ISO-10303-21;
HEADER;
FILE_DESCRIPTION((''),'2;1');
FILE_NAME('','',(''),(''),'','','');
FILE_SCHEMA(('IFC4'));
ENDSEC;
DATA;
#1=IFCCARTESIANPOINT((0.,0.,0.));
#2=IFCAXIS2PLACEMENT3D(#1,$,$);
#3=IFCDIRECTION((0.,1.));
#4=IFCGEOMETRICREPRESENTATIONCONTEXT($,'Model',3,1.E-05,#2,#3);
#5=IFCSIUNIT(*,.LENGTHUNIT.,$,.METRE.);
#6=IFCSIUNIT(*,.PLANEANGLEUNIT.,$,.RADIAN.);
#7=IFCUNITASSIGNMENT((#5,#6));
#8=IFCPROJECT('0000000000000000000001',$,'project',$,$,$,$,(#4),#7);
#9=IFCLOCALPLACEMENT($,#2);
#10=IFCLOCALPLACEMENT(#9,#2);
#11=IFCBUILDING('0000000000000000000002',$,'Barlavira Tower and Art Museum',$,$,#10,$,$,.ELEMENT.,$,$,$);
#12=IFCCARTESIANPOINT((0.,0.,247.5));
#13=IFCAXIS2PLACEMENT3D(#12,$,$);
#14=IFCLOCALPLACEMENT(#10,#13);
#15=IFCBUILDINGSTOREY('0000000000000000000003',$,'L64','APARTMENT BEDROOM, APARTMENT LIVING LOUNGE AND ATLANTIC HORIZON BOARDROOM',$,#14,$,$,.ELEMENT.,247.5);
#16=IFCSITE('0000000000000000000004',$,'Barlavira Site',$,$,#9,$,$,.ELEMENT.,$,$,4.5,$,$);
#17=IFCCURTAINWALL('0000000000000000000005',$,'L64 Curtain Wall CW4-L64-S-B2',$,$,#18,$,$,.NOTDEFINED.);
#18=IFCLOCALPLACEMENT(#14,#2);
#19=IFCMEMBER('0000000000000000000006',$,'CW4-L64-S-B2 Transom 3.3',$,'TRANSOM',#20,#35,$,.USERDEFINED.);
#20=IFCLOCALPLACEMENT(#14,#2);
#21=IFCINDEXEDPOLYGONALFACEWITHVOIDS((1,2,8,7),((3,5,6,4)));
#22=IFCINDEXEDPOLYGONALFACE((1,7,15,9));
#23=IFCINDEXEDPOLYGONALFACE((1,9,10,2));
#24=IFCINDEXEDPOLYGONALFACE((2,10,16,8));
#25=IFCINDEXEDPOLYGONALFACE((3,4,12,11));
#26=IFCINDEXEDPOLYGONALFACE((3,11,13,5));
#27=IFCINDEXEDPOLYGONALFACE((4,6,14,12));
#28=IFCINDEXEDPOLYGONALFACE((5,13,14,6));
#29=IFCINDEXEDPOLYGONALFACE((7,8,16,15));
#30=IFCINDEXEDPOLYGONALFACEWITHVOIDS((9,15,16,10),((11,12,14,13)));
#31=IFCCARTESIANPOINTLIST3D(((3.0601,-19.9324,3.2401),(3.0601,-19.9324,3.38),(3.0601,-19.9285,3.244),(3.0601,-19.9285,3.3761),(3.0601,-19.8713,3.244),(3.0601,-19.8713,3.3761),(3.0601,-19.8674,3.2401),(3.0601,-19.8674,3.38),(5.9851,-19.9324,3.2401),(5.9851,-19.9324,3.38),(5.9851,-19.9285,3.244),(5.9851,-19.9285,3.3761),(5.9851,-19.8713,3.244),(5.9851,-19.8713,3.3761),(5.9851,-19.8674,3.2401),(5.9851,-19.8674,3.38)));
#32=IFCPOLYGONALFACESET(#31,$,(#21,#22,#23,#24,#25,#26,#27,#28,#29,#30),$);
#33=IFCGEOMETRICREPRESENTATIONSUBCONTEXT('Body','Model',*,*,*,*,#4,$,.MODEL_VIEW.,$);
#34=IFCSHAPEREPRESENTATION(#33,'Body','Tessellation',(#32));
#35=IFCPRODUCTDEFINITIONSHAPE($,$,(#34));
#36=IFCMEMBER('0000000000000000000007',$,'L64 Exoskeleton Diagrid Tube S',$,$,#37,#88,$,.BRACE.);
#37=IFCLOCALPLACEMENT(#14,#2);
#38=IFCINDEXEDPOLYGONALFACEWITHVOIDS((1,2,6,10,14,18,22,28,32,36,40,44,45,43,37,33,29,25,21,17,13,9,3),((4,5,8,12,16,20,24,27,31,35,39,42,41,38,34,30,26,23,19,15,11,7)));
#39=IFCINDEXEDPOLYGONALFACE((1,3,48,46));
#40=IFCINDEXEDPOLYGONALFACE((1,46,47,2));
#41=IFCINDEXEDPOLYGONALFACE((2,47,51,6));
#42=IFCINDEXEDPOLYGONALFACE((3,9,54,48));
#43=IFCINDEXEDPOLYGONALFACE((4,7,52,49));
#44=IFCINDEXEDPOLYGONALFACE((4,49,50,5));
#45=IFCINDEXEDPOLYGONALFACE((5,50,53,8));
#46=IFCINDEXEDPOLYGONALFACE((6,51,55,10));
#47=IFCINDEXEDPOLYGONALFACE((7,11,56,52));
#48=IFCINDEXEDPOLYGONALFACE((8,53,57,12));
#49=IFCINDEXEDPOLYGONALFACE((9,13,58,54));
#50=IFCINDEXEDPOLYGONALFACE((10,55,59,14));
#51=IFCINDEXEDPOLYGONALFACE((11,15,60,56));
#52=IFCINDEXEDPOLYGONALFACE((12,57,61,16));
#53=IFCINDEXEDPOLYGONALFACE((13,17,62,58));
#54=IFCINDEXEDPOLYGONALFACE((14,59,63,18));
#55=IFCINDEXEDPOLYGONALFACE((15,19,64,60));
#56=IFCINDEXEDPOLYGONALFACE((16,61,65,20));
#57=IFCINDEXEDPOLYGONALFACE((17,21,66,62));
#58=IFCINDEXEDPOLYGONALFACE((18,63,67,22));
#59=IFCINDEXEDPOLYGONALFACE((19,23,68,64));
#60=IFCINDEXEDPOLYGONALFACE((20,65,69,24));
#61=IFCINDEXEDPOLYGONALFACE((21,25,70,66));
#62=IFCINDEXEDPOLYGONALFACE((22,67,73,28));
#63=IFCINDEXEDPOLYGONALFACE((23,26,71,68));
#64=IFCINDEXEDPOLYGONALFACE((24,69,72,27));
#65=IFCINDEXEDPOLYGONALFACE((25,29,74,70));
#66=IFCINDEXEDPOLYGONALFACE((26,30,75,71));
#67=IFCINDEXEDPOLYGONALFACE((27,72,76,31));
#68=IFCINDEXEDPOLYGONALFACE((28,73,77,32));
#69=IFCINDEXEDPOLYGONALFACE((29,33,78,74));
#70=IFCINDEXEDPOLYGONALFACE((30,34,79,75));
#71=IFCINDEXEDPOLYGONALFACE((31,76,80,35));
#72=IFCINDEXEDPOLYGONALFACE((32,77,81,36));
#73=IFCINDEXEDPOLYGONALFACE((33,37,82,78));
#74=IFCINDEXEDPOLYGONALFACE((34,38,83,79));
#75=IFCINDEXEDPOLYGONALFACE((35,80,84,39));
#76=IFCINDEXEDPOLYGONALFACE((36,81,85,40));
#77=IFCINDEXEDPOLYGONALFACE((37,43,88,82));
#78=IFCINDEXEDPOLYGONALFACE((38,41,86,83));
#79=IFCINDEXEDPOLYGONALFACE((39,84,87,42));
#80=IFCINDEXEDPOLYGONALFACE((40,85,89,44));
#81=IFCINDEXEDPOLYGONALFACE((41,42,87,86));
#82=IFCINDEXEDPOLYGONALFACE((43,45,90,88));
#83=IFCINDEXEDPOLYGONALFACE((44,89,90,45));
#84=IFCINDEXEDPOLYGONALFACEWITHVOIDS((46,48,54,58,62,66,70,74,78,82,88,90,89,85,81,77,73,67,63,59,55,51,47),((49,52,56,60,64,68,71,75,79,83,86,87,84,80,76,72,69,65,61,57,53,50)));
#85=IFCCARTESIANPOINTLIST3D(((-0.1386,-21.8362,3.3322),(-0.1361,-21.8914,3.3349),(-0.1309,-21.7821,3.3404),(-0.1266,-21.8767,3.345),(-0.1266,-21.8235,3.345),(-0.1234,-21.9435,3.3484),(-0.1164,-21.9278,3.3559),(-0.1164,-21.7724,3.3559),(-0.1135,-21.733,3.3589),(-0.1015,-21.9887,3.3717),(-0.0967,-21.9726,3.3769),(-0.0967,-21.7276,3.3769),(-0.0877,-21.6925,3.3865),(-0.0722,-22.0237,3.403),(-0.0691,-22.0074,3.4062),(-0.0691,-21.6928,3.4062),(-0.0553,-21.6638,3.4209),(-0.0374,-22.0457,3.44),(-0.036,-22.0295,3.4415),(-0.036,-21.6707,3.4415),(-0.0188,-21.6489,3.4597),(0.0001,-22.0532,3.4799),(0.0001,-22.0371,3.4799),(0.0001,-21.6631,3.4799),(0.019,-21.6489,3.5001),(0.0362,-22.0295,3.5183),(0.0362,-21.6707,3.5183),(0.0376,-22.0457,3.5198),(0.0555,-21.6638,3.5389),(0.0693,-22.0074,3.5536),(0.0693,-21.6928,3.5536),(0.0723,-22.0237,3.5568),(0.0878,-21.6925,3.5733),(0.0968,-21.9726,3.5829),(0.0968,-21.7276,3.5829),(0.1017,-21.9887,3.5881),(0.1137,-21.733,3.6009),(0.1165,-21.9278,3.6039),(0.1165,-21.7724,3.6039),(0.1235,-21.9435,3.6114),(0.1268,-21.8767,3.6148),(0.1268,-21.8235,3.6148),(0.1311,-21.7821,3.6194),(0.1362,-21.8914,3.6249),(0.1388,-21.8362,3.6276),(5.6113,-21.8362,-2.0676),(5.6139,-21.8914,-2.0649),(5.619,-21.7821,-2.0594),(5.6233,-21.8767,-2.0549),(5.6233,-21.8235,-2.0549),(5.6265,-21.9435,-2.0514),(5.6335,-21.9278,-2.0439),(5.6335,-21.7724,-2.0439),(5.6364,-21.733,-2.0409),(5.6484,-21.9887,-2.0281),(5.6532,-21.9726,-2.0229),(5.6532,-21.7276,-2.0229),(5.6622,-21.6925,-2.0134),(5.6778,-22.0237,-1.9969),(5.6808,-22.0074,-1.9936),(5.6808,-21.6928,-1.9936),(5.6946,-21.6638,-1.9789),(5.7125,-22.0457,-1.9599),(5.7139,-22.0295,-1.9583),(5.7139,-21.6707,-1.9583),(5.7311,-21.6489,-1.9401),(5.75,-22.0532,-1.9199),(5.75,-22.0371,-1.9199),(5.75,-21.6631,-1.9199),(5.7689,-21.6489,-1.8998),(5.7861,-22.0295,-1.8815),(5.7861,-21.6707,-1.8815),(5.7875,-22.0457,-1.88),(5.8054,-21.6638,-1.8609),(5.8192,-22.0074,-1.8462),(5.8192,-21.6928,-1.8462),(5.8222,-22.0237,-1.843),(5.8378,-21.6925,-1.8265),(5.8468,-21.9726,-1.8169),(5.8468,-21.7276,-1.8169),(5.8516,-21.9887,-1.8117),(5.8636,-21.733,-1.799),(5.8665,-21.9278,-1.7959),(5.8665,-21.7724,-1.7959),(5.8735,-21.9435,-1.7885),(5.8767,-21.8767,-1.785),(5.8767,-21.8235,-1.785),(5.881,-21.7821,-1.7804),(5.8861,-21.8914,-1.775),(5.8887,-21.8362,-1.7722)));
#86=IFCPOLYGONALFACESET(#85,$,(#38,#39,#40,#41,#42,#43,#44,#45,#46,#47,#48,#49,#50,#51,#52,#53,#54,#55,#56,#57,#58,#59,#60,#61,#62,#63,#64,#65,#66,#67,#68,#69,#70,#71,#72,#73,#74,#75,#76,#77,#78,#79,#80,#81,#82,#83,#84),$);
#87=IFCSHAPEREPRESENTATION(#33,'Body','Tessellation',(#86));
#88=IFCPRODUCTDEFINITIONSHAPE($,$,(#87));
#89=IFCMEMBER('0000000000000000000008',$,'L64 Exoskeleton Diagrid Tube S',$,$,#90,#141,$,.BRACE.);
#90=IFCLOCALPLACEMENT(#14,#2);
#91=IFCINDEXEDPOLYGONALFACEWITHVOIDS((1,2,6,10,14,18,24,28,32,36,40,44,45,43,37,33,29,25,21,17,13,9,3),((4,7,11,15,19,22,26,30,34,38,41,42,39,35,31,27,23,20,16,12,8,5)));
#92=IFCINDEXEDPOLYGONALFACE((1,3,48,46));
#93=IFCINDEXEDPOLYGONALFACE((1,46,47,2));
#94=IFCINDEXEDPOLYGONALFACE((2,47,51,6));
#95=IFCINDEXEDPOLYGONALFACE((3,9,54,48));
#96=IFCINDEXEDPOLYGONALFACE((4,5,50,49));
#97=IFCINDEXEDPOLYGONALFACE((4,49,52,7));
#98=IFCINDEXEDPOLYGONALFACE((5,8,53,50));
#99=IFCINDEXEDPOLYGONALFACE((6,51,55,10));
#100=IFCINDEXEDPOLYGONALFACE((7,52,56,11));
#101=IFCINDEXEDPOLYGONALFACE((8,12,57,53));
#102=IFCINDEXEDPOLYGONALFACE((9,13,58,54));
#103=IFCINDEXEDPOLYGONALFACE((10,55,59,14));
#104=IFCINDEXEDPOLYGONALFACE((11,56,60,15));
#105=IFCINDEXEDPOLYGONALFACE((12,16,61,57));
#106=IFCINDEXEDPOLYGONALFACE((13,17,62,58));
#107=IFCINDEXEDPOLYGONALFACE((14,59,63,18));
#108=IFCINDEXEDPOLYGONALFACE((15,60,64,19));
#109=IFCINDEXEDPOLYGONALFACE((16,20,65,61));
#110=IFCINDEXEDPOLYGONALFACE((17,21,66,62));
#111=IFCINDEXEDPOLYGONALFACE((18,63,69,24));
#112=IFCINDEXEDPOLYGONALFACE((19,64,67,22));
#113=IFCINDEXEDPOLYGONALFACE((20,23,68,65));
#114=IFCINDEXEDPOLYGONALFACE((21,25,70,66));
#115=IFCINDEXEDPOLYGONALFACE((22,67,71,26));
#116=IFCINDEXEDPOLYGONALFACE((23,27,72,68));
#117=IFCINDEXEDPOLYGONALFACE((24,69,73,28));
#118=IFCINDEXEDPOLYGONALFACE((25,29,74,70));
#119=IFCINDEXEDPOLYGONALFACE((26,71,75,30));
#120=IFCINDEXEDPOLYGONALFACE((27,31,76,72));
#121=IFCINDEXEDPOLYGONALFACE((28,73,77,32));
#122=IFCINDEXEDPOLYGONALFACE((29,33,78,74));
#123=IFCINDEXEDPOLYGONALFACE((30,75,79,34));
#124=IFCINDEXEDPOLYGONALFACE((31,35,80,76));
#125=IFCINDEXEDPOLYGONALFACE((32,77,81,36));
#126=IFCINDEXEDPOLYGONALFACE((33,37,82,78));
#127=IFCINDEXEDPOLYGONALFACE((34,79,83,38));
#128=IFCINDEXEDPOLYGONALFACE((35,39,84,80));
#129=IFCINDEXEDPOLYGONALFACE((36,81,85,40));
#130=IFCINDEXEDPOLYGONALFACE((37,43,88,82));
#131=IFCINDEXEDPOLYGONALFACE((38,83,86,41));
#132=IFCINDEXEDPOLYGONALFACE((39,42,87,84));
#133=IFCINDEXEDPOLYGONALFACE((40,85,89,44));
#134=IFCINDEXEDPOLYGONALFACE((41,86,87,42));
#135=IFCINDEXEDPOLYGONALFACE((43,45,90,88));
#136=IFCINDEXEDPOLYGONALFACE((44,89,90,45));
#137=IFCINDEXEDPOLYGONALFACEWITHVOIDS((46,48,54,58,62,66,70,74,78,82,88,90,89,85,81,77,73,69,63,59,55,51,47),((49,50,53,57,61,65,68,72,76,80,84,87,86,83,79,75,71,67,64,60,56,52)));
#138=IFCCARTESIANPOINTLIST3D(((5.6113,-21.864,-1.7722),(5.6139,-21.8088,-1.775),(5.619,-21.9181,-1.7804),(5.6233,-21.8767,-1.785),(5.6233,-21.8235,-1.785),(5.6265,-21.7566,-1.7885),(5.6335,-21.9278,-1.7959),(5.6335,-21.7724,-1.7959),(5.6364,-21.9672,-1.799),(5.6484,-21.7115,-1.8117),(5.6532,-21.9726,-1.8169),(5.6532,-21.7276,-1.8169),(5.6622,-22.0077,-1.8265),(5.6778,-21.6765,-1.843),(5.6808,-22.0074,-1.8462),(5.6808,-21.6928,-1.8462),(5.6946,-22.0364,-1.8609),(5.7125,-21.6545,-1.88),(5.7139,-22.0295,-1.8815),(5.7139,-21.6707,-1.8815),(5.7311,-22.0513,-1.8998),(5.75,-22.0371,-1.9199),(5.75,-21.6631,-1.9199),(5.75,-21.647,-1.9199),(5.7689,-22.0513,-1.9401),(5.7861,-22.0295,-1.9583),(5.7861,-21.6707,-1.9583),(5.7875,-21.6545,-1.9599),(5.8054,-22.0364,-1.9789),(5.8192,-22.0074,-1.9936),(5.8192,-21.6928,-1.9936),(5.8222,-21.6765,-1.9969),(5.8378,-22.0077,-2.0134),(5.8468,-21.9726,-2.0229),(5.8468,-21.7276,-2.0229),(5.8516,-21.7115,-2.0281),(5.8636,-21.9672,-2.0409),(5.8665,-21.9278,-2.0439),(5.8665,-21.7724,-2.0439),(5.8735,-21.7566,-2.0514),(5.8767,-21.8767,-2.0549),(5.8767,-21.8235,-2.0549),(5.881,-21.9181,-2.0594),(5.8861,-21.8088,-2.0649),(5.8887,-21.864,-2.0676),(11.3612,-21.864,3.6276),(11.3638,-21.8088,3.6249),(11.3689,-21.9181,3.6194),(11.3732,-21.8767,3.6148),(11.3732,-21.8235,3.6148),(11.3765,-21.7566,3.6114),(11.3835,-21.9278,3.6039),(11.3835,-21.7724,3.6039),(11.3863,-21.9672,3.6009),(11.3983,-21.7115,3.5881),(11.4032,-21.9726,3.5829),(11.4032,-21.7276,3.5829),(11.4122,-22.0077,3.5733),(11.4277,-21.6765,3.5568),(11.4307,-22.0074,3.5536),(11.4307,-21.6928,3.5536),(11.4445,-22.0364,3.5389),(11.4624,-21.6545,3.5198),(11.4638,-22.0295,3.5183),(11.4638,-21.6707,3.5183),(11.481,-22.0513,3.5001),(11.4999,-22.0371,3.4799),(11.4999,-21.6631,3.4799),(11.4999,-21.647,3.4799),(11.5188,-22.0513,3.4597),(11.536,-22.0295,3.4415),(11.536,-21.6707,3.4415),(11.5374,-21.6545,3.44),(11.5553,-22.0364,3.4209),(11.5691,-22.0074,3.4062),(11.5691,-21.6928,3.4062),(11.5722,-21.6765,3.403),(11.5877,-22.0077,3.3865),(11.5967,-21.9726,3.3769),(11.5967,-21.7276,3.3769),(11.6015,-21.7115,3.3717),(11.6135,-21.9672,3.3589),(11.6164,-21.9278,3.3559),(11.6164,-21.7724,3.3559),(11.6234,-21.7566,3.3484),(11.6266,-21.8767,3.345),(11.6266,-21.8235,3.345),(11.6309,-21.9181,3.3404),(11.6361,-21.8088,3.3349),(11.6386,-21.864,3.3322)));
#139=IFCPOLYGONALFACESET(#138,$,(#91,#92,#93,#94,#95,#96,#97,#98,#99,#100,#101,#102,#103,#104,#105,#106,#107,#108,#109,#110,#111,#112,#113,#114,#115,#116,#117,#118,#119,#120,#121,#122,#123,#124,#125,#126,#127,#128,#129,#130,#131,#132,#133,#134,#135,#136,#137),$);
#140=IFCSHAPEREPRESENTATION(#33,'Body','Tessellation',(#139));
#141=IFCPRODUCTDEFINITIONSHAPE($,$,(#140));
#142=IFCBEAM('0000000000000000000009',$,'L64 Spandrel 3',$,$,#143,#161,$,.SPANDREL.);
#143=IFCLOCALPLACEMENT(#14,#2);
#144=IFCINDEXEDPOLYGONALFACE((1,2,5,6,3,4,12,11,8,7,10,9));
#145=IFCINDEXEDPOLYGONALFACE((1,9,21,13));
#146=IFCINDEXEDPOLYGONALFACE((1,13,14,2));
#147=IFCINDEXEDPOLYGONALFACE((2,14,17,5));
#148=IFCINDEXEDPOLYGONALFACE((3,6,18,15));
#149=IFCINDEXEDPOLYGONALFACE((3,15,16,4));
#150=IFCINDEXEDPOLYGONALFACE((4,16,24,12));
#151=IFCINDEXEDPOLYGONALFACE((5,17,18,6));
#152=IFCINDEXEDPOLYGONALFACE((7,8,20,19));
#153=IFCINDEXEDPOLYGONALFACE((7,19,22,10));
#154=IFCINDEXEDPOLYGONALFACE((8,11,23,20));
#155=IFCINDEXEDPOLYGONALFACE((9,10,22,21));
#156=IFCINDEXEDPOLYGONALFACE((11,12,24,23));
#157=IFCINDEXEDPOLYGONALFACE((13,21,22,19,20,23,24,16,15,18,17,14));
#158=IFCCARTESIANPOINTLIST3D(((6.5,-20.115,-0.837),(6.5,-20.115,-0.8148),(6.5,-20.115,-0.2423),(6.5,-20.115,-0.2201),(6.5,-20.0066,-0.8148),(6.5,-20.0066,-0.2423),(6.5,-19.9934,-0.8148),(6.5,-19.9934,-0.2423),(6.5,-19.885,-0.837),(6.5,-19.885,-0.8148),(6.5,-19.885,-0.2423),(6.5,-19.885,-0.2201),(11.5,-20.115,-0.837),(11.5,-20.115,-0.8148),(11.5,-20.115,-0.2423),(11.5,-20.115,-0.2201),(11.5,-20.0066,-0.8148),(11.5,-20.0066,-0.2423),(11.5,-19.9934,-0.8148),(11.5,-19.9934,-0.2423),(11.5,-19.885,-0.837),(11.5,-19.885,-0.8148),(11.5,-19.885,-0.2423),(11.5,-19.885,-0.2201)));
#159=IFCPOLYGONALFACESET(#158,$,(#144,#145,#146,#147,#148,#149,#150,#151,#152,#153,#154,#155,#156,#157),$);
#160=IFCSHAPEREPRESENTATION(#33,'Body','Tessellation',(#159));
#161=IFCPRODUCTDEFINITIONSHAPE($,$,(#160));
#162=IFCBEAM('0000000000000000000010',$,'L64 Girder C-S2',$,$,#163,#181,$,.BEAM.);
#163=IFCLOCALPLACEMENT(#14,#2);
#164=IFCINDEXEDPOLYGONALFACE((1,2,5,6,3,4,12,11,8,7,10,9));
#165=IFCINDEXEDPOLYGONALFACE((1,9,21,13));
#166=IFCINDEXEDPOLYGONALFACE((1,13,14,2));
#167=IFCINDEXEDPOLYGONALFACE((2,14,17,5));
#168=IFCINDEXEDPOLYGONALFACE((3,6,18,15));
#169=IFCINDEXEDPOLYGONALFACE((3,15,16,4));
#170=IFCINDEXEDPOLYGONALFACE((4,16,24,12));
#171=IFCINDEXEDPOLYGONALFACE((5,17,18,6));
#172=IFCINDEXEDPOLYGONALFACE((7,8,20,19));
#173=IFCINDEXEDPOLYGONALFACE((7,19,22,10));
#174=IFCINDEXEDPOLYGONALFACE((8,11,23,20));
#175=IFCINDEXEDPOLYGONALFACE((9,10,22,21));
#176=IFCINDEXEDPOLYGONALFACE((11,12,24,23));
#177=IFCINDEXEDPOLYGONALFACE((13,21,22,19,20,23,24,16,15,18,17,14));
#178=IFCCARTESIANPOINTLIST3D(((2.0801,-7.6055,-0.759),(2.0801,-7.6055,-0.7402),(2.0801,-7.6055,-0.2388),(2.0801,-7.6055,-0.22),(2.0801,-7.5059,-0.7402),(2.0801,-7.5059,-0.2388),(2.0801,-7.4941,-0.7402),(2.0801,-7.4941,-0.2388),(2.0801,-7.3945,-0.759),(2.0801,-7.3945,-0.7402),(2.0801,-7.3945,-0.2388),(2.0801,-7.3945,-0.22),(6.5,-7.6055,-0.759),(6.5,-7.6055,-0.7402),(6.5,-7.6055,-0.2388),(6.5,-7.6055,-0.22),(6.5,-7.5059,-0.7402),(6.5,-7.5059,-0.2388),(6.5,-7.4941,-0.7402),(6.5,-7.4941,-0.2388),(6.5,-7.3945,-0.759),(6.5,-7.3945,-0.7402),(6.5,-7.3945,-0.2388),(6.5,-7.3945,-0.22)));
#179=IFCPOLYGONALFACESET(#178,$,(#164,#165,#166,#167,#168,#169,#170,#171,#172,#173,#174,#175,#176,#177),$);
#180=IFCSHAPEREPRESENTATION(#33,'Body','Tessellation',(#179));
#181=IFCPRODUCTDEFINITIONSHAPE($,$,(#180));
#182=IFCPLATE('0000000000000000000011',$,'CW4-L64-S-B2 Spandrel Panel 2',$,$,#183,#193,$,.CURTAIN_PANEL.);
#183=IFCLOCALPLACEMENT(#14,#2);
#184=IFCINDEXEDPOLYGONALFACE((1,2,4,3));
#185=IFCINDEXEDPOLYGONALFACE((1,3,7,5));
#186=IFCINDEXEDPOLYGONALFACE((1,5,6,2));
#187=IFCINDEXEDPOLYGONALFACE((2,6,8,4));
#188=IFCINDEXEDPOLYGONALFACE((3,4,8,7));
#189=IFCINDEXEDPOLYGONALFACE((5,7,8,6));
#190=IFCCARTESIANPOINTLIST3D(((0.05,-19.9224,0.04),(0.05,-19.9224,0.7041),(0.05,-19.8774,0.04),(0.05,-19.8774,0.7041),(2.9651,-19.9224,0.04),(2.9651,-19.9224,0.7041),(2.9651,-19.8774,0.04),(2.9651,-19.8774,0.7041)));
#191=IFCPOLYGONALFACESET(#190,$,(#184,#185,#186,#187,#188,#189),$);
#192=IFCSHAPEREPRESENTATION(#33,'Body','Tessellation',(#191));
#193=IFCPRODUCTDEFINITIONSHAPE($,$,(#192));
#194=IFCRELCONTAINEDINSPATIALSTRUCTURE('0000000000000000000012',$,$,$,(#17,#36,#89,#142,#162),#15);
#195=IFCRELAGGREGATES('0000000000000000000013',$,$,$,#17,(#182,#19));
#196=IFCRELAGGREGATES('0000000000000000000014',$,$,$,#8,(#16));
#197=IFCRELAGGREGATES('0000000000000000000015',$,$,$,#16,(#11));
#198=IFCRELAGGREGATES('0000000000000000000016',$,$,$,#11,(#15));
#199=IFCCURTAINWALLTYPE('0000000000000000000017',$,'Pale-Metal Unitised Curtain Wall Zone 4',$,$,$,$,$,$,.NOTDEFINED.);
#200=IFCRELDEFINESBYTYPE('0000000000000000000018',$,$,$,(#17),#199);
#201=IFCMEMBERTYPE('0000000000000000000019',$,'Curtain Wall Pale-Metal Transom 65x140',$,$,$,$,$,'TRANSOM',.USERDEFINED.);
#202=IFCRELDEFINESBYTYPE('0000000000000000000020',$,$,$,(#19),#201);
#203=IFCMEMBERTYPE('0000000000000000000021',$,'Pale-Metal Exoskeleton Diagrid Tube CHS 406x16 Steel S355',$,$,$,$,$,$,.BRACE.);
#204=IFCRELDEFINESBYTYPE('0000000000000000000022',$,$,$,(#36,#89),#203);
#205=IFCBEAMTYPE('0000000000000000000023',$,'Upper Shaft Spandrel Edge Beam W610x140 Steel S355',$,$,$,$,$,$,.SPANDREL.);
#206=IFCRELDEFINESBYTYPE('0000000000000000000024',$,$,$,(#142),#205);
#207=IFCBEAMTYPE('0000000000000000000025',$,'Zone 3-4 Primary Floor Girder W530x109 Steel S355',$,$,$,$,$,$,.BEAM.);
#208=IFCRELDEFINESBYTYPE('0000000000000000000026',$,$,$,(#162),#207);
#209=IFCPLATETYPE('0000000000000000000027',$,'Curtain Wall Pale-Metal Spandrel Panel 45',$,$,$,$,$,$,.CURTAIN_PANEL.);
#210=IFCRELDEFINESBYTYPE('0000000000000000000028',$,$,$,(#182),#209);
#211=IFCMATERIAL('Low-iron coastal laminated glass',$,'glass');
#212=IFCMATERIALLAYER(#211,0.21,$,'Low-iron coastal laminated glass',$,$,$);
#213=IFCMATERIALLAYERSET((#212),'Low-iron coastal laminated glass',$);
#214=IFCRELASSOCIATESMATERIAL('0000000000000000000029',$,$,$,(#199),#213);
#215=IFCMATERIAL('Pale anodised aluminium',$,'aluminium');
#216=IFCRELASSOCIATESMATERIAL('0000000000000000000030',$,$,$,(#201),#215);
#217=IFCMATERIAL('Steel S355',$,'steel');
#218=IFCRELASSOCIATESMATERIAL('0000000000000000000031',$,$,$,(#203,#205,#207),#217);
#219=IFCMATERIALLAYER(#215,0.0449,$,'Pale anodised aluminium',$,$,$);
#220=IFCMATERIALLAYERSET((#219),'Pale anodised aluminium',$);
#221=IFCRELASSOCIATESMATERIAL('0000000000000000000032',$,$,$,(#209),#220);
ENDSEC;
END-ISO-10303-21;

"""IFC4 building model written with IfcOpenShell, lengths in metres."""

from ifc_helpers import new_model, si_unit, direction, frame, origin, origin_2d, place, context, subcontext, project, spatial, rectangle, hollow_rectangle, hollow_circle, i_section, extrude, material, layer, layer_set, material_profile, profile_set, type_object, element, aggregate, save


model = new_model("IFC4")

# Units and contexts
model_context = context("Model", 3, precision=1e-05, world=origin(), true_north=direction((0.0, 1.0)))
body_context = subcontext(model_context, "Body", "Model", "MODEL_VIEW")
ifc_project = project(units=[si_unit("LENGTHUNIT", "METRE"), si_unit("PLANEANGLEUNIT", "RADIAN")], contexts=[model_context])

# Site, building, storey
site_placement = place(None, origin())
site = spatial("IfcSite", under=ifc_project, at=site_placement, Name="Barlavira Site", CompositionType="ELEMENT", RefElevation=4.5)
building_placement = place(site_placement, origin())
building = spatial("IfcBuilding", under=site, at=building_placement, Name="Barlavira Tower and Art Museum", CompositionType="ELEMENT")
storey_placement = place(building_placement, frame((0.0, 0.0, 247.5)))
storey = spatial("IfcBuildingStorey", under=building, at=storey_placement, Name="L64", Description="APARTMENT BEDROOM, APARTMENT LIVING LOUNGE AND ATLANTIC HORIZON BOARDROOM", CompositionType="ELEMENT", Elevation=247.5)

# Shared definitions
ifc_material_1 = material(Name="Steel S355", Category="steel")

# Curtain wall, member
ifc_material_2 = material(Name="Low-iron coastal laminated glass", Category="glass")
ifc_layer_1 = layer(ifc_material_2, 0.21, Name="Low-iron coastal laminated glass")
ifc_layer_set_1 = layer_set([ifc_layer_1], Name="Low-iron coastal laminated glass")
curtain_wall_type = type_object("IfcCurtainWallType", Name="Pale-Metal Unitised Curtain Wall Zone 4", PredefinedType="NOTDEFINED", material=ifc_layer_set_1)
curtain_wall_placement = place(storey_placement, origin())
curtain_wall = element("IfcCurtainWall", 1, at=curtain_wall_placement, inside=storey, type_object=curtain_wall_type, Name="L64 Curtain Wall CW4-L64-S-B2", PredefinedType="NOTDEFINED")
ifc_material_3 = material(Name="Pale anodised aluminium", Category="aluminium")
ifc_material_profile_1 = material_profile(ifc_material_3, hollow_rectangle(XDim=0.0649, YDim=0.1399, WallThickness=0.0039, at=origin_2d()), Name="ALU-TRAN 65x140x4")
ifc_profile_set_1 = profile_set([ifc_material_profile_1], Name="Pale anodised aluminium")
member_type_1 = type_object("IfcMemberType", Name="Curtain Wall Pale-Metal Transom 65x140", ElementType="TRANSOM", PredefinedType="USERDEFINED", material=ifc_profile_set_1)
member_1_placement = place(storey_placement, frame((3.0601, -19.8999, 3.3101), z_axis=(1.0, 0.0, 0.0), x_axis=(0.0, 1.0, 0.0)))
member_1 = element("IfcMember", 2, at=member_1_placement, type_object=member_type_1, Name="CW4-L64-S-B2 Transom 3.3", ObjectType="TRANSOM", PredefinedType="USERDEFINED", context=body_context, shape_type="SweptSolid", body=[
    extrude(hollow_rectangle(XDim=0.0649, YDim=0.1399, WallThickness=0.0039, at=origin_2d()), origin(), (0.0, 0.0, 1.0), 2.925),
])

# Members
ifc_material_profile_2 = material_profile(ifc_material_1, hollow_circle(Radius=0.2031, WallThickness=0.0161, at=origin_2d()), Name="CHS 406.4x16.0")
ifc_profile_set_2 = profile_set([ifc_material_profile_2], Name="Steel S355")
member_type_2 = type_object("IfcMemberType", Name="Pale-Metal Exoskeleton Diagrid Tube CHS 406x16 Steel S355", PredefinedType="BRACE", material=ifc_profile_set_2)
for number, where, z_axis, x_axis, name in (
    (3, (5.75, -21.8501, -1.9199), (-0.72895, 0.0, 0.684567), (0.0, -1.0, 0.0), "L64 Exoskeleton Diagrid Tube S"),
    (4, (5.75, -21.8501, -1.9199), (0.72895, 0.0, 0.684567), (0.0, 1.0, 0.0), "L64 Exoskeleton Diagrid Tube S"),
):
    element("IfcMember", number, at=place(storey_placement, frame(where, z_axis=z_axis, x_axis=x_axis)), inside=storey, type_object=member_type_2, Name=name, PredefinedType="BRACE", context=body_context, shape_type="SweptSolid", body=[
        extrude(hollow_circle(Radius=0.2031, WallThickness=0.0161, at=origin_2d()), origin(), (0.0, 0.0, 1.0), 7.8879),
    ])

# Beams
ifc_material_profile_3 = material_profile(ifc_material_1, i_section(OverallWidth=0.23, OverallDepth=0.6169, WebThickness=0.0132, FlangeThickness=0.0222, at=origin_2d()), Name="W610x140.0")
ifc_profile_set_3 = profile_set([ifc_material_profile_3], Name="Steel S355")
beam_type_1 = type_object("IfcBeamType", Name="Upper Shaft Spandrel Edge Beam W610x140 Steel S355", PredefinedType="SPANDREL", material=ifc_profile_set_3)
beam_1_placement = place(storey_placement, frame((6.5, -20.0, -0.5286), z_axis=(1.0, 0.0, 0.0), x_axis=(0.0, 1.0, 0.0)))
element("IfcBeam", 5, at=beam_1_placement, inside=storey, type_object=beam_type_1, Name="L64 Spandrel 3", PredefinedType="SPANDREL", context=body_context, shape_type="SweptSolid", body=[
    extrude(i_section(OverallWidth=0.23, OverallDepth=0.6169, WebThickness=0.0132, FlangeThickness=0.0222, at=origin_2d()), origin(), (0.0, 0.0, 1.0), 5.0),
])
ifc_material_profile_4 = material_profile(ifc_material_1, i_section(OverallWidth=0.2109, OverallDepth=0.5391, WebThickness=0.0117, FlangeThickness=0.0188, at=origin_2d()), Name="W530x109.0")
ifc_profile_set_4 = profile_set([ifc_material_profile_4], Name="Steel S355")
beam_type_2 = type_object("IfcBeamType", Name="Zone 3-4 Primary Floor Girder W530x109 Steel S355", PredefinedType="BEAM", material=ifc_profile_set_4)
beam_2_placement = place(storey_placement, frame((2.0801, -7.5, -0.4895), z_axis=(1.0, 0.0, 0.0), x_axis=(0.0, 1.0, 0.0)))
element("IfcBeam", 6, at=beam_2_placement, inside=storey, type_object=beam_type_2, Name="L64 Girder C-S2", PredefinedType="BEAM", context=body_context, shape_type="SweptSolid", body=[
    extrude(i_section(OverallWidth=0.2109, OverallDepth=0.5391, WebThickness=0.0117, FlangeThickness=0.0188, at=origin_2d()), origin(), (0.0, 0.0, 1.0), 4.4199),
])

# Plate
ifc_layer_2 = layer(ifc_material_3, 0.0449, Name="Pale anodised aluminium")
ifc_layer_set_2 = layer_set([ifc_layer_2], Name="Pale anodised aluminium")
plate_type_1 = type_object("IfcPlateType", Name="Curtain Wall Pale-Metal Spandrel Panel 45", PredefinedType="CURTAIN_PANEL", material=ifc_layer_set_2)
plate_1_placement = place(storey_placement, frame((1.5076, -19.8999, 0.04), z_axis=(0.0, 0.0, 1.0), x_axis=(1.0, 0.0, 0.0)))
plate_1 = element("IfcPlate", 7, at=plate_1_placement, type_object=plate_type_1, Name="CW4-L64-S-B2 Spandrel Panel 2", PredefinedType="CURTAIN_PANEL", context=body_context, shape_type="SweptSolid", body=[
    extrude(rectangle(XDim=2.915, YDim=0.0449, at=origin_2d()), origin(), (0.0, 0.0, 1.0), 0.6641),
])
aggregate(curtain_wall, [plate_1, member_1])

save(model, "model.ifc")
